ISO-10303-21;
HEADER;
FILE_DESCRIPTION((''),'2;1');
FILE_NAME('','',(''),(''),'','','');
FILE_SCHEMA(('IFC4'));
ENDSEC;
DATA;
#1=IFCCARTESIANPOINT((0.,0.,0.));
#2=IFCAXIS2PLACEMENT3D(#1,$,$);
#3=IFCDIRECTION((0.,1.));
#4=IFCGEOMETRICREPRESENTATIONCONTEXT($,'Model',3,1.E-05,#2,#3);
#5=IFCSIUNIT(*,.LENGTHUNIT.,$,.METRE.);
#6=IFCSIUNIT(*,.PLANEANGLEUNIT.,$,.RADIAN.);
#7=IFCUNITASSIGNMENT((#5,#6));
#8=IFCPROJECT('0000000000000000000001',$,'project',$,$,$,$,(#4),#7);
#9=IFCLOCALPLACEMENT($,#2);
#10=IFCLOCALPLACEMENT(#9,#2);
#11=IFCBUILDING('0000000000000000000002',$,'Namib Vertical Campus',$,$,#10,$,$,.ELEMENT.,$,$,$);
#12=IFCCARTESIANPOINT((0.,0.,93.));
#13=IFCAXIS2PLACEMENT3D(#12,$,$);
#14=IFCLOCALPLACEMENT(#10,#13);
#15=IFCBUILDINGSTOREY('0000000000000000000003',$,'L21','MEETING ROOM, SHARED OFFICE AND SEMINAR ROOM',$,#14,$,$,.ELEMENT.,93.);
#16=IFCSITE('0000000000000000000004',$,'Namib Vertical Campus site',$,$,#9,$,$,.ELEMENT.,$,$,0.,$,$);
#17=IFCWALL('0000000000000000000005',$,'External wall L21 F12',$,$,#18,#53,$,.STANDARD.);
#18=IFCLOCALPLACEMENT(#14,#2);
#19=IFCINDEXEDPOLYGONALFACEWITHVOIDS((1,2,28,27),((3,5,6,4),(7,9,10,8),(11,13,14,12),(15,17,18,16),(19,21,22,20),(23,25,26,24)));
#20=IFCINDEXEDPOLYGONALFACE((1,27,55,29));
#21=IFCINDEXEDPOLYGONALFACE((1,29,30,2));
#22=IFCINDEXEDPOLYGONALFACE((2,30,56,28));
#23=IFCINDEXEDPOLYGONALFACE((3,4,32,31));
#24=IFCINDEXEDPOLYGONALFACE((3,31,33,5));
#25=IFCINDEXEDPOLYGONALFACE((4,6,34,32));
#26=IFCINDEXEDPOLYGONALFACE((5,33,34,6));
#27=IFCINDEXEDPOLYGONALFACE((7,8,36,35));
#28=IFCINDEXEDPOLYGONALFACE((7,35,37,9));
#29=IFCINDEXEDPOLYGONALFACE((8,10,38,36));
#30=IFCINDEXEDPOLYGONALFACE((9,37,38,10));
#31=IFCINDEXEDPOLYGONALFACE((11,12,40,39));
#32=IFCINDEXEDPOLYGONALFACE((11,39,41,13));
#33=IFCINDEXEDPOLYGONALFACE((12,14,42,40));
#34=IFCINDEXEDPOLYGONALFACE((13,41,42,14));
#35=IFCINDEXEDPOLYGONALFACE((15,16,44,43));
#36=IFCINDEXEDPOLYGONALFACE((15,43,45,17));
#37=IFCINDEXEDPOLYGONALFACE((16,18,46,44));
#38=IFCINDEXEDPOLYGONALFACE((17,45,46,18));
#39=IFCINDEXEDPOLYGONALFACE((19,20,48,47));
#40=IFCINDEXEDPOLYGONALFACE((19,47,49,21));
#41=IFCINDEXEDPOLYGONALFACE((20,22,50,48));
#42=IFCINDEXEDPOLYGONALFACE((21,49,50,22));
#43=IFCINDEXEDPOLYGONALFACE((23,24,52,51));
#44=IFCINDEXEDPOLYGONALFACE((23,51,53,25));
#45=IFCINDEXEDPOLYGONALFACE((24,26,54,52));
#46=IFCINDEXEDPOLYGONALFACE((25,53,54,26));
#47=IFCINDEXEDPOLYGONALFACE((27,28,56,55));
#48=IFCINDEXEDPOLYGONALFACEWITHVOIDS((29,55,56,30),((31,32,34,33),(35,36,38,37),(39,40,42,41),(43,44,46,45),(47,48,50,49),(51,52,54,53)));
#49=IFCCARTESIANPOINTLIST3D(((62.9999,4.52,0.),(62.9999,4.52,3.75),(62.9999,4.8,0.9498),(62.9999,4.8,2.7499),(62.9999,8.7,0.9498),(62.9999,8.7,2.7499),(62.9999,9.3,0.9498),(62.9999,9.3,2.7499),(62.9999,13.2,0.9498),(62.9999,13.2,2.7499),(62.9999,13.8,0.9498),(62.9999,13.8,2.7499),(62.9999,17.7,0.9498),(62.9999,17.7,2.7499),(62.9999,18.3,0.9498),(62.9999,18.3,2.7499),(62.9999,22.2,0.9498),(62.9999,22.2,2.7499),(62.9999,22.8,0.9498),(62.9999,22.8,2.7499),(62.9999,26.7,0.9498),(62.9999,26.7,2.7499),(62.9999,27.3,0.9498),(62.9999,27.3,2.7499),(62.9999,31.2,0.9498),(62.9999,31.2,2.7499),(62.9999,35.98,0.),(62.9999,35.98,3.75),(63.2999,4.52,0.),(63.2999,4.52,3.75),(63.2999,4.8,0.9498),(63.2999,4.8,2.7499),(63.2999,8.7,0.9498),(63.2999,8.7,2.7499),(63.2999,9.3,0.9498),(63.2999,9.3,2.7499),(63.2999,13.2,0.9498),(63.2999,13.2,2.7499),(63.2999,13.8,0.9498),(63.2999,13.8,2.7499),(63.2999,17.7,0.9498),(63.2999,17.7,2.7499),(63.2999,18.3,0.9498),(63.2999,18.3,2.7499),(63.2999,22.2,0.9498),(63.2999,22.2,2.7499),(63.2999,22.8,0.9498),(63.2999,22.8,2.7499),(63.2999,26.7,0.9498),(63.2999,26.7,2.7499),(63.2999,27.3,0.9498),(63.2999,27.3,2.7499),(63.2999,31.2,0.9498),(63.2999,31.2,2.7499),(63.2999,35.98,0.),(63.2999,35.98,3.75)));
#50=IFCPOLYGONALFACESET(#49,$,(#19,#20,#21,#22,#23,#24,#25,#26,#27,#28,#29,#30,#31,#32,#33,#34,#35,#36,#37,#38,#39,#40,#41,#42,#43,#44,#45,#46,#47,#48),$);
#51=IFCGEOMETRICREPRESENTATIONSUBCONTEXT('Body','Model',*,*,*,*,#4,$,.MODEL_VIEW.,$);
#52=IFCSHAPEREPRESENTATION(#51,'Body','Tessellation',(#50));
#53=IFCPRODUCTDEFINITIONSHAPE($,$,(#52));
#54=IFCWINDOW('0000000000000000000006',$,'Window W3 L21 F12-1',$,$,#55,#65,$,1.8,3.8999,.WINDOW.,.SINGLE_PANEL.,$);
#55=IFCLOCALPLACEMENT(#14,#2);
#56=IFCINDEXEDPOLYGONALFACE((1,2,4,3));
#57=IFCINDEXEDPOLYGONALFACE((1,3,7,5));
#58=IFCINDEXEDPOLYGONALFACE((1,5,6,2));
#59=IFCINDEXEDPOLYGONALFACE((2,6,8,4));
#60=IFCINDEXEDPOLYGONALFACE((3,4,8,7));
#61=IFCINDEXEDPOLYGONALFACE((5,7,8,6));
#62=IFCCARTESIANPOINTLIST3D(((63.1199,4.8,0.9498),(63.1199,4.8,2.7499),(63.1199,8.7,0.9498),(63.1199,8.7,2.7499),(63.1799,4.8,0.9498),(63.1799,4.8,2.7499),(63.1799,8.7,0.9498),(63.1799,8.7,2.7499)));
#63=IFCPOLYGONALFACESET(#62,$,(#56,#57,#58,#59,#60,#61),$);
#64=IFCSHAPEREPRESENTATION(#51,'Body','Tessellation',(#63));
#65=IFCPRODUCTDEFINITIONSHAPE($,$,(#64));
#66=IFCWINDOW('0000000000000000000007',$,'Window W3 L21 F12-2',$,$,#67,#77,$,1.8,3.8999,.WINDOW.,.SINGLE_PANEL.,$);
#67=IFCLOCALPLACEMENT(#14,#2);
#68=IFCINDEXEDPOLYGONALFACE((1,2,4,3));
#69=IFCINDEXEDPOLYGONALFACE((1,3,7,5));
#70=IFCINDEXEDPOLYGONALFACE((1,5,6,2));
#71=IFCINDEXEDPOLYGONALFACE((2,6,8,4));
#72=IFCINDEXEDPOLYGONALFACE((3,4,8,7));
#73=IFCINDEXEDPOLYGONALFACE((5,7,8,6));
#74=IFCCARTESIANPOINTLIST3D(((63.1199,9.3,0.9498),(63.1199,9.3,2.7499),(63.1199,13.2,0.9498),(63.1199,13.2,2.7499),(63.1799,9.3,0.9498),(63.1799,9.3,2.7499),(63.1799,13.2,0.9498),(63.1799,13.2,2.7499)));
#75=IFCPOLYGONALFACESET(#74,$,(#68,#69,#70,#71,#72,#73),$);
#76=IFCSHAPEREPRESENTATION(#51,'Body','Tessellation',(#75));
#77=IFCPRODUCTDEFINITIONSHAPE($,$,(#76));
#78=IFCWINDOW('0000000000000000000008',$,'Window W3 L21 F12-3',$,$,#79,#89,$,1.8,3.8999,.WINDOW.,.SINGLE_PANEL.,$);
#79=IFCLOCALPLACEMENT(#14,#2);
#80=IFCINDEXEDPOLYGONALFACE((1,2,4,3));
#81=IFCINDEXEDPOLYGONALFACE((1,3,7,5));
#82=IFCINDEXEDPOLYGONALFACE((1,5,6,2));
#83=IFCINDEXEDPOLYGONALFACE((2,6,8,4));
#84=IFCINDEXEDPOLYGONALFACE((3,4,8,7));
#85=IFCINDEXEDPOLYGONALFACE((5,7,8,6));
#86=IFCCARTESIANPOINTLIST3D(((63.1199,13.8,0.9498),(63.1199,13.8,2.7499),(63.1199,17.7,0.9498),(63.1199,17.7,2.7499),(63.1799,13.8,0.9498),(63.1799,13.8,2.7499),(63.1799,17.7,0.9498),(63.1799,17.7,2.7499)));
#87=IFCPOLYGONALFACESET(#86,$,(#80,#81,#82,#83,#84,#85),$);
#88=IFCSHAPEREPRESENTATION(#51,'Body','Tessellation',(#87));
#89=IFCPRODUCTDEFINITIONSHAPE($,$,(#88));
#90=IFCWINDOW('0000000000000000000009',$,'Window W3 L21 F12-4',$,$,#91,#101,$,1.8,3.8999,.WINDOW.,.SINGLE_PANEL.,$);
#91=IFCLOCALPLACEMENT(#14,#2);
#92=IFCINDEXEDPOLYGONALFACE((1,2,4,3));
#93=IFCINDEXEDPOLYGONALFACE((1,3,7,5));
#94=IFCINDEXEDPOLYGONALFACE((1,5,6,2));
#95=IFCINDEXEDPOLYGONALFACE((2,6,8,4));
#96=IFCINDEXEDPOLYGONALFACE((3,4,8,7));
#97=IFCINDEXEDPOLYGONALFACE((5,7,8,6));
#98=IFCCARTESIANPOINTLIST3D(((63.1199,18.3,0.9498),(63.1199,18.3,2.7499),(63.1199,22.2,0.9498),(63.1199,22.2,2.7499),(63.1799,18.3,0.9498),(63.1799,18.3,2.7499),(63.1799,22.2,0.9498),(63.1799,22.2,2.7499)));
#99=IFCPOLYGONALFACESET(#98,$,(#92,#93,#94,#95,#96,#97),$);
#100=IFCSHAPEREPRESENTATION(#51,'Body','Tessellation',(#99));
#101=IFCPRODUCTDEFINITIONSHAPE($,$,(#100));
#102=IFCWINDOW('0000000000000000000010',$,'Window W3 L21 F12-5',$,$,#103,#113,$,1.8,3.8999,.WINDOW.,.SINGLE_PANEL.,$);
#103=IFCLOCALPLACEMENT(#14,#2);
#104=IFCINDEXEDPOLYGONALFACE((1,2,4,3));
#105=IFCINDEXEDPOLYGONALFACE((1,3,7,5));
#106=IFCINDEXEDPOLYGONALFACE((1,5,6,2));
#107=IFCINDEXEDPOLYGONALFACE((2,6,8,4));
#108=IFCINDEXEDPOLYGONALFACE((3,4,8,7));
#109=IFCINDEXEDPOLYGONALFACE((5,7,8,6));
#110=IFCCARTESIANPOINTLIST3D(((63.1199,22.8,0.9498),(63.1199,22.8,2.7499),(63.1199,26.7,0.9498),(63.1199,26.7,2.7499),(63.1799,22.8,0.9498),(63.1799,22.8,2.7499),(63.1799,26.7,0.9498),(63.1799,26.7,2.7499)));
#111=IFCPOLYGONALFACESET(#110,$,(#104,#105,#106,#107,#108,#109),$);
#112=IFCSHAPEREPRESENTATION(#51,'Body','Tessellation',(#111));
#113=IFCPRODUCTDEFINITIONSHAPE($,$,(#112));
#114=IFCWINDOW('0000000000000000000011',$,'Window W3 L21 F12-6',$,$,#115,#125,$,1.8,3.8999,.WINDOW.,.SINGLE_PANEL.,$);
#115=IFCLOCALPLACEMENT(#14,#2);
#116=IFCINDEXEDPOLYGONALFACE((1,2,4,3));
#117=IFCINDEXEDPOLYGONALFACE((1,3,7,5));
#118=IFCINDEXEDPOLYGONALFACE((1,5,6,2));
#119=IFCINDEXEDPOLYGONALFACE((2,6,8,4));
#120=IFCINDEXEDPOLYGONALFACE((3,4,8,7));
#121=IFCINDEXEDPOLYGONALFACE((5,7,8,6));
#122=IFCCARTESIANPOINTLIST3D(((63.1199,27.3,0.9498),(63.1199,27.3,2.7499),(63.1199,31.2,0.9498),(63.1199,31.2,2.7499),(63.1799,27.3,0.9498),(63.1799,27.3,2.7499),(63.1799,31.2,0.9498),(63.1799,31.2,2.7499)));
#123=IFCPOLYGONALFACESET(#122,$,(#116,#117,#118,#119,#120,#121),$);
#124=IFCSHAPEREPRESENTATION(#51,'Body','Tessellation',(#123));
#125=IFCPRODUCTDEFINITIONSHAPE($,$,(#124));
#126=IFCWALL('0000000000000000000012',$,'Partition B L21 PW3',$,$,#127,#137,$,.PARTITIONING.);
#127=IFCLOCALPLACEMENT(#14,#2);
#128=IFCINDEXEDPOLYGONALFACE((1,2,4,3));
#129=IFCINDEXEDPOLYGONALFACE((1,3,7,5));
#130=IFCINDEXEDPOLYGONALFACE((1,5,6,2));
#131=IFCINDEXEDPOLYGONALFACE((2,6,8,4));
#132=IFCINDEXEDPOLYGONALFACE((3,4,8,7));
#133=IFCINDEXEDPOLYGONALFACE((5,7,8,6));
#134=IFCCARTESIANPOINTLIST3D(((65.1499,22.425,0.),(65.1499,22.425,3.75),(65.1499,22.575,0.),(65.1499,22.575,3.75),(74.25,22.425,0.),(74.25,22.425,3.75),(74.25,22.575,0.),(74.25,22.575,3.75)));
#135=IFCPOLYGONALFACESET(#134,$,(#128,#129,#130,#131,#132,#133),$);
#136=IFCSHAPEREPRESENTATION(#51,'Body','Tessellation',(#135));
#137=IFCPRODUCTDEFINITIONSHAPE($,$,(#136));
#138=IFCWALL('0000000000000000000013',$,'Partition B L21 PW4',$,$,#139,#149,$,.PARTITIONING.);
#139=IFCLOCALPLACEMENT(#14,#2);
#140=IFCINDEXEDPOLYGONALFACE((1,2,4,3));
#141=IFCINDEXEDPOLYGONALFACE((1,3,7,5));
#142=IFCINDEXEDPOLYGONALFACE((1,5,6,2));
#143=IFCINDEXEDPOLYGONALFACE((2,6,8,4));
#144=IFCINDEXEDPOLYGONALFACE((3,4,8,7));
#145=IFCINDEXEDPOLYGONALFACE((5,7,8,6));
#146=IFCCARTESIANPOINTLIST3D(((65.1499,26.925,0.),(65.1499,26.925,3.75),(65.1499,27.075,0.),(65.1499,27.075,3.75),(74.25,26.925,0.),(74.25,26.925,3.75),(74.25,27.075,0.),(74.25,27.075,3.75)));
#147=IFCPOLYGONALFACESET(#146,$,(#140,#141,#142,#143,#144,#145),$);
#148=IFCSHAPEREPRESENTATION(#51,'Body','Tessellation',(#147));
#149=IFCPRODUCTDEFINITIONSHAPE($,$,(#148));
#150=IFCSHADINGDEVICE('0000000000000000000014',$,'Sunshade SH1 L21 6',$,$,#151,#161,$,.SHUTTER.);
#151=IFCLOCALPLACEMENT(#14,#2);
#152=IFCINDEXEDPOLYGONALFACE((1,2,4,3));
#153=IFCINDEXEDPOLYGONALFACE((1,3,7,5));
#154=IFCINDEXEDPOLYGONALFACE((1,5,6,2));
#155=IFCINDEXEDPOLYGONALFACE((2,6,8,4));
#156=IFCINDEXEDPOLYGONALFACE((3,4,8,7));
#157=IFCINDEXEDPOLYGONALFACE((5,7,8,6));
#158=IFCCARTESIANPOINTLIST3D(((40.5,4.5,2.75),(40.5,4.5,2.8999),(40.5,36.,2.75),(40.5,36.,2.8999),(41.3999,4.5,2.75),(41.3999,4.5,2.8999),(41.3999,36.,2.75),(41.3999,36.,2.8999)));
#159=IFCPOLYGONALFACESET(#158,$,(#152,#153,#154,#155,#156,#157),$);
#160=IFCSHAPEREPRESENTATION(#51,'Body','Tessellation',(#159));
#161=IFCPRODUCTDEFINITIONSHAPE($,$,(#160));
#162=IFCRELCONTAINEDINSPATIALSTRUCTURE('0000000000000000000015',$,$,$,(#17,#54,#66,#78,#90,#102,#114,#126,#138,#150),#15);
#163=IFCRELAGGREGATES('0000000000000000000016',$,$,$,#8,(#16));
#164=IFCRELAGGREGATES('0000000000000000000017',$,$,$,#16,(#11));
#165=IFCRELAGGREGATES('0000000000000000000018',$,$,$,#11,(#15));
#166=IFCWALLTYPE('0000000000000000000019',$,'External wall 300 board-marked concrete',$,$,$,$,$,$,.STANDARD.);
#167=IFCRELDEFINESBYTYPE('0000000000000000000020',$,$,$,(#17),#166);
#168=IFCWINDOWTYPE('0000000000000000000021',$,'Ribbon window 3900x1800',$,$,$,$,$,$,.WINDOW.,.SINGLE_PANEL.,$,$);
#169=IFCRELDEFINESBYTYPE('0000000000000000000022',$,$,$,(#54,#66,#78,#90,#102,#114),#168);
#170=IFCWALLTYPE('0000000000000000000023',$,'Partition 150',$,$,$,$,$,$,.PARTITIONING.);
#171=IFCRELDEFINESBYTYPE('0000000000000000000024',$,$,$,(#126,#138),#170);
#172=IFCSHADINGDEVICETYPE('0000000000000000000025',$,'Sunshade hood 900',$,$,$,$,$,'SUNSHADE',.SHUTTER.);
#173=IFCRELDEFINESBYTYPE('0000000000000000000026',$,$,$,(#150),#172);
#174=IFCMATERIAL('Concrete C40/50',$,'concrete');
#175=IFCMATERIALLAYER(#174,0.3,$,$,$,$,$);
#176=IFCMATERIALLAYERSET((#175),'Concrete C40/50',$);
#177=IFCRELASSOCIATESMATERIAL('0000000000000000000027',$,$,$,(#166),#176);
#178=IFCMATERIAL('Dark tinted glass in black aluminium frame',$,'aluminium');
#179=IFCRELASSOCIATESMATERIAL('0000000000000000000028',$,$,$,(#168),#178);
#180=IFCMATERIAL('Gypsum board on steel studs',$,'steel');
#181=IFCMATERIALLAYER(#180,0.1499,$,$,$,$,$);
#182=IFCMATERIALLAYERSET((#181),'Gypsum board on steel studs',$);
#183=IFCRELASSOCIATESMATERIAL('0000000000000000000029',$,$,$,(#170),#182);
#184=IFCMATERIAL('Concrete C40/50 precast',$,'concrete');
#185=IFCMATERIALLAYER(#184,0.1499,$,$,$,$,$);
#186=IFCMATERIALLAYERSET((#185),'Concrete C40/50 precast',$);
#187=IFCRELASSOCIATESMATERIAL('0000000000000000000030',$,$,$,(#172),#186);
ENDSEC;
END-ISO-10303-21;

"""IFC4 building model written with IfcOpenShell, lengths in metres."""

from ifc_helpers import new_model, si_unit, direction, frame, frame_2d, origin, origin_2d, place, context, subcontext, project, spatial, rectangle, extrude, material, layer, layer_set, type_object, element, fill, save


model = new_model("IFC4")

# Units and contexts
model_context = context("Model", 3, precision=1e-05, world=origin(), true_north=direction((0.0, 1.0)))
body_context = subcontext(model_context, "Body", "Model", "MODEL_VIEW")
ifc_project = project(units=[si_unit("LENGTHUNIT", "METRE"), si_unit("PLANEANGLEUNIT", "RADIAN")], contexts=[model_context])

# Site, building, storey
site_placement = place(None, origin())
site = spatial("IfcSite", under=ifc_project, at=site_placement, Name="Namib Vertical Campus site", CompositionType="ELEMENT", RefElevation=0.0)
building_placement = place(site_placement, origin())
building = spatial("IfcBuilding", under=site, at=building_placement, Name="Namib Vertical Campus", CompositionType="ELEMENT")
storey_placement = place(building_placement, frame((0.0, 0.0, 93.0)))
storey = spatial("IfcBuildingStorey", under=building, at=storey_placement, Name="L21", Description="MEETING ROOM, SHARED OFFICE AND SEMINAR ROOM", CompositionType="ELEMENT", Elevation=93.0)

# Shared definitions
ifc_material_1 = material(Name="Concrete C40/50", Category="concrete")
ifc_layer_1 = layer(ifc_material_1, 0.3)
ifc_layer_set_1 = layer_set([ifc_layer_1], Name="Concrete C40/50")
wall_type_1 = type_object("IfcWallType", Name="External wall 300 board-marked concrete", PredefinedType="STANDARD", material=ifc_layer_set_1)

# Wall, openings, windows
wall_1_placement = place(storey_placement, frame((63.1499, 35.98, 0.0), z_axis=(0.0, 0.0, 1.0), x_axis=(0.0, -1.0, 0.0)))
wall_1 = element("IfcWall", 1, at=wall_1_placement, inside=storey, type_object=wall_type_1, Name="External wall L21 F12", PredefinedType="STANDARD", context=body_context, shape_type="SweptSolid", body=[
    extrude(rectangle(XDim=31.46, YDim=0.3, at=frame_2d((15.73, 0.0))), origin(), (0.0, 0.0, 1.0), 3.75),
])
opening_1_placement = place(wall_1_placement, frame((27.28, 0.0, 0.95)))
opening_1 = element("IfcOpeningElement", 2, at=opening_1_placement, cuts=wall_1, PredefinedType="OPENING", context=body_context, shape_type="SweptSolid", body=[
    extrude(rectangle(XDim=3.8999, YDim=1.8, at=frame_2d((1.95, 0.8999))), frame((0.0, 0.1599, 0.0), z_axis=(0.0, -1.0, 0.0), x_axis=(1.0, 0.0, 0.0)), (0.0, 0.0, 1.0), 0.3201),
])
opening_2_placement = place(wall_1_placement, frame((22.78, 0.0, 0.95)))
opening_2 = element("IfcOpeningElement", 3, at=opening_2_placement, cuts=wall_1, PredefinedType="OPENING", context=body_context, shape_type="SweptSolid", body=[
    extrude(rectangle(XDim=3.8999, YDim=1.8, at=frame_2d((1.95, 0.8999))), frame((0.0, 0.1599, 0.0), z_axis=(0.0, -1.0, 0.0), x_axis=(1.0, 0.0, 0.0)), (0.0, 0.0, 1.0), 0.3201),
])
opening_3_placement = place(wall_1_placement, frame((18.28, 0.0, 0.95)))
opening_3 = element("IfcOpeningElement", 4, at=opening_3_placement, cuts=wall_1, PredefinedType="OPENING", context=body_context, shape_type="SweptSolid", body=[
    extrude(rectangle(XDim=3.8999, YDim=1.8, at=frame_2d((1.95, 0.8999))), frame((0.0, 0.1599, 0.0), z_axis=(0.0, -1.0, 0.0), x_axis=(1.0, 0.0, 0.0)), (0.0, 0.0, 1.0), 0.3201),
])
opening_4_placement = place(wall_1_placement, frame((13.78, 0.0, 0.95)))
opening_4 = element("IfcOpeningElement", 5, at=opening_4_placement, cuts=wall_1, PredefinedType="OPENING", context=body_context, shape_type="SweptSolid", body=[
    extrude(rectangle(XDim=3.8999, YDim=1.8, at=frame_2d((1.95, 0.8999))), frame((0.0, 0.1599, 0.0), z_axis=(0.0, -1.0, 0.0), x_axis=(1.0, 0.0, 0.0)), (0.0, 0.0, 1.0), 0.3201),
])
opening_5_placement = place(wall_1_placement, frame((9.28, 0.0, 0.95)))
opening_5 = element("IfcOpeningElement", 6, at=opening_5_placement, cuts=wall_1, PredefinedType="OPENING", context=body_context, shape_type="SweptSolid", body=[
    extrude(rectangle(XDim=3.8999, YDim=1.8, at=frame_2d((1.95, 0.8999))), frame((0.0, 0.1599, 0.0), z_axis=(0.0, -1.0, 0.0), x_axis=(1.0, 0.0, 0.0)), (0.0, 0.0, 1.0), 0.3201),
])
opening_6_placement = place(wall_1_placement, frame((4.78, 0.0, 0.95)))
opening_6 = element("IfcOpeningElement", 7, at=opening_6_placement, cuts=wall_1, PredefinedType="OPENING", context=body_context, shape_type="SweptSolid", body=[
    extrude(rectangle(XDim=3.8999, YDim=1.8, at=frame_2d((1.95, 0.8999))), frame((0.0, 0.1599, 0.0), z_axis=(0.0, -1.0, 0.0), x_axis=(1.0, 0.0, 0.0)), (0.0, 0.0, 1.0), 0.3201),
])
ifc_material_2 = material(Name="Dark tinted glass in black aluminium frame", Category="aluminium")
window_type = type_object("IfcWindowType", Name="Ribbon window 3900x1800", PartitioningType="SINGLE_PANEL", PredefinedType="WINDOW", material=ifc_material_2)
window_1_placement = place(opening_1_placement, origin())
window_1 = element("IfcWindow", 8, at=window_1_placement, inside=storey, type_object=window_type, Name="Window W3 L21 F12-1", OverallHeight=1.8, OverallWidth=3.8999, PartitioningType="SINGLE_PANEL", PredefinedType="WINDOW", context=body_context, shape_type="SweptSolid", body=[
    extrude(rectangle(XDim=3.8999, YDim=1.8, at=frame_2d((1.95, 0.8999))), frame((0.0, 0.03, 0.0), z_axis=(0.0, -1.0, 0.0), x_axis=(1.0, 0.0, 0.0)), (0.0, 0.0, 1.0), 0.0601),
])
fill(opening_1, window_1)
window_2_placement = place(opening_2_placement, origin())
window_2 = element("IfcWindow", 9, at=window_2_placement, inside=storey, type_object=window_type, Name="Window W3 L21 F12-2", OverallHeight=1.8, OverallWidth=3.8999, PartitioningType="SINGLE_PANEL", PredefinedType="WINDOW", context=body_context, shape_type="SweptSolid", body=[
    extrude(rectangle(XDim=3.8999, YDim=1.8, at=frame_2d((1.95, 0.8999))), frame((0.0, 0.03, 0.0), z_axis=(0.0, -1.0, 0.0), x_axis=(1.0, 0.0, 0.0)), (0.0, 0.0, 1.0), 0.0601),
])
fill(opening_2, window_2)
window_3_placement = place(opening_3_placement, origin())
window_3 = element("IfcWindow", 10, at=window_3_placement, inside=storey, type_object=window_type, Name="Window W3 L21 F12-3", OverallHeight=1.8, OverallWidth=3.8999, PartitioningType="SINGLE_PANEL", PredefinedType="WINDOW", context=body_context, shape_type="SweptSolid", body=[
    extrude(rectangle(XDim=3.8999, YDim=1.8, at=frame_2d((1.95, 0.8999))), frame((0.0, 0.03, 0.0), z_axis=(0.0, -1.0, 0.0), x_axis=(1.0, 0.0, 0.0)), (0.0, 0.0, 1.0), 0.0601),
])
fill(opening_3, window_3)
window_4_placement = place(opening_4_placement, origin())
window_4 = element("IfcWindow", 11, at=window_4_placement, inside=storey, type_object=window_type, Name="Window W3 L21 F12-4", OverallHeight=1.8, OverallWidth=3.8999, PartitioningType="SINGLE_PANEL", PredefinedType="WINDOW", context=body_context, shape_type="SweptSolid", body=[
    extrude(rectangle(XDim=3.8999, YDim=1.8, at=frame_2d((1.95, 0.8999))), frame((0.0, 0.03, 0.0), z_axis=(0.0, -1.0, 0.0), x_axis=(1.0, 0.0, 0.0)), (0.0, 0.0, 1.0), 0.0601),
])
fill(opening_4, window_4)
window_5_placement = place(opening_5_placement, origin())
window_5 = element("IfcWindow", 12, at=window_5_placement, inside=storey, type_object=window_type, Name="Window W3 L21 F12-5", OverallHeight=1.8, OverallWidth=3.8999, PartitioningType="SINGLE_PANEL", PredefinedType="WINDOW", context=body_context, shape_type="SweptSolid", body=[
    extrude(rectangle(XDim=3.8999, YDim=1.8, at=frame_2d((1.95, 0.8999))), frame((0.0, 0.03, 0.0), z_axis=(0.0, -1.0, 0.0), x_axis=(1.0, 0.0, 0.0)), (0.0, 0.0, 1.0), 0.0601),
])
fill(opening_5, window_5)
window_6_placement = place(opening_6_placement, origin())
window_6 = element("IfcWindow", 13, at=window_6_placement, inside=storey, type_object=window_type, Name="Window W3 L21 F12-6", OverallHeight=1.8, OverallWidth=3.8999, PartitioningType="SINGLE_PANEL", PredefinedType="WINDOW", context=body_context, shape_type="SweptSolid", body=[
    extrude(rectangle(XDim=3.8999, YDim=1.8, at=frame_2d((1.95, 0.8999))), frame((0.0, 0.03, 0.0), z_axis=(0.0, -1.0, 0.0), x_axis=(1.0, 0.0, 0.0)), (0.0, 0.0, 1.0), 0.0601),
])
fill(opening_6, window_6)

# Walls
ifc_material_3 = material(Name="Gypsum board on steel studs", Category="steel")
ifc_layer_2 = layer(ifc_material_3, 0.1499)
ifc_layer_set_2 = layer_set([ifc_layer_2], Name="Gypsum board on steel studs")
wall_type_2 = type_object("IfcWallType", Name="Partition 150", PredefinedType="PARTITIONING", material=ifc_layer_set_2)
for number, where, z_axis, x_axis, name in (
    (14, (65.1499, 22.5, 0.0), (0.0, 0.0, 1.0), (1.0, 0.0, 0.0), "Partition B L21 PW3"),
    (15, (65.1499, 27.0, 0.0), (0.0, 0.0, 1.0), (1.0, 0.0, 0.0), "Partition B L21 PW4"),
):
    element("IfcWall", number, at=place(storey_placement, frame(where, z_axis=z_axis, x_axis=x_axis)), inside=storey, type_object=wall_type_2, Name=name, PredefinedType="PARTITIONING", context=body_context, shape_type="SweptSolid", body=[
        extrude(rectangle(XDim=9.1001, YDim=0.1499, at=frame_2d((4.55, 0.0))), origin(), (0.0, 0.0, 1.0), 3.75),
    ])

# Shading device
ifc_material_4 = material(Name="Concrete C40/50 precast", Category="concrete")
ifc_layer_3 = layer(ifc_material_4, 0.1499)
ifc_layer_set_3 = layer_set([ifc_layer_3], Name="Concrete C40/50 precast")
shading_device_type = type_object("IfcShadingDeviceType", Name="Sunshade hood 900", ElementType="SUNSHADE", PredefinedType="SHUTTER", material=ifc_layer_set_3)
shading_device_1_placement = place(storey_placement, frame((40.95, 20.25, 2.75), z_axis=(0.0, 0.0, 1.0), x_axis=(0.0, 1.0, 0.0)))
element("IfcShadingDevice", 16, at=shading_device_1_placement, inside=storey, type_object=shading_device_type, Name="Sunshade SH1 L21 6", PredefinedType="SHUTTER", context=body_context, shape_type="SweptSolid", body=[
    extrude(rectangle(XDim=31.5, YDim=0.8999, at=origin_2d()), origin(), (0.0, 0.0, 1.0), 0.1499),
])

save(model, "model.ifc")
